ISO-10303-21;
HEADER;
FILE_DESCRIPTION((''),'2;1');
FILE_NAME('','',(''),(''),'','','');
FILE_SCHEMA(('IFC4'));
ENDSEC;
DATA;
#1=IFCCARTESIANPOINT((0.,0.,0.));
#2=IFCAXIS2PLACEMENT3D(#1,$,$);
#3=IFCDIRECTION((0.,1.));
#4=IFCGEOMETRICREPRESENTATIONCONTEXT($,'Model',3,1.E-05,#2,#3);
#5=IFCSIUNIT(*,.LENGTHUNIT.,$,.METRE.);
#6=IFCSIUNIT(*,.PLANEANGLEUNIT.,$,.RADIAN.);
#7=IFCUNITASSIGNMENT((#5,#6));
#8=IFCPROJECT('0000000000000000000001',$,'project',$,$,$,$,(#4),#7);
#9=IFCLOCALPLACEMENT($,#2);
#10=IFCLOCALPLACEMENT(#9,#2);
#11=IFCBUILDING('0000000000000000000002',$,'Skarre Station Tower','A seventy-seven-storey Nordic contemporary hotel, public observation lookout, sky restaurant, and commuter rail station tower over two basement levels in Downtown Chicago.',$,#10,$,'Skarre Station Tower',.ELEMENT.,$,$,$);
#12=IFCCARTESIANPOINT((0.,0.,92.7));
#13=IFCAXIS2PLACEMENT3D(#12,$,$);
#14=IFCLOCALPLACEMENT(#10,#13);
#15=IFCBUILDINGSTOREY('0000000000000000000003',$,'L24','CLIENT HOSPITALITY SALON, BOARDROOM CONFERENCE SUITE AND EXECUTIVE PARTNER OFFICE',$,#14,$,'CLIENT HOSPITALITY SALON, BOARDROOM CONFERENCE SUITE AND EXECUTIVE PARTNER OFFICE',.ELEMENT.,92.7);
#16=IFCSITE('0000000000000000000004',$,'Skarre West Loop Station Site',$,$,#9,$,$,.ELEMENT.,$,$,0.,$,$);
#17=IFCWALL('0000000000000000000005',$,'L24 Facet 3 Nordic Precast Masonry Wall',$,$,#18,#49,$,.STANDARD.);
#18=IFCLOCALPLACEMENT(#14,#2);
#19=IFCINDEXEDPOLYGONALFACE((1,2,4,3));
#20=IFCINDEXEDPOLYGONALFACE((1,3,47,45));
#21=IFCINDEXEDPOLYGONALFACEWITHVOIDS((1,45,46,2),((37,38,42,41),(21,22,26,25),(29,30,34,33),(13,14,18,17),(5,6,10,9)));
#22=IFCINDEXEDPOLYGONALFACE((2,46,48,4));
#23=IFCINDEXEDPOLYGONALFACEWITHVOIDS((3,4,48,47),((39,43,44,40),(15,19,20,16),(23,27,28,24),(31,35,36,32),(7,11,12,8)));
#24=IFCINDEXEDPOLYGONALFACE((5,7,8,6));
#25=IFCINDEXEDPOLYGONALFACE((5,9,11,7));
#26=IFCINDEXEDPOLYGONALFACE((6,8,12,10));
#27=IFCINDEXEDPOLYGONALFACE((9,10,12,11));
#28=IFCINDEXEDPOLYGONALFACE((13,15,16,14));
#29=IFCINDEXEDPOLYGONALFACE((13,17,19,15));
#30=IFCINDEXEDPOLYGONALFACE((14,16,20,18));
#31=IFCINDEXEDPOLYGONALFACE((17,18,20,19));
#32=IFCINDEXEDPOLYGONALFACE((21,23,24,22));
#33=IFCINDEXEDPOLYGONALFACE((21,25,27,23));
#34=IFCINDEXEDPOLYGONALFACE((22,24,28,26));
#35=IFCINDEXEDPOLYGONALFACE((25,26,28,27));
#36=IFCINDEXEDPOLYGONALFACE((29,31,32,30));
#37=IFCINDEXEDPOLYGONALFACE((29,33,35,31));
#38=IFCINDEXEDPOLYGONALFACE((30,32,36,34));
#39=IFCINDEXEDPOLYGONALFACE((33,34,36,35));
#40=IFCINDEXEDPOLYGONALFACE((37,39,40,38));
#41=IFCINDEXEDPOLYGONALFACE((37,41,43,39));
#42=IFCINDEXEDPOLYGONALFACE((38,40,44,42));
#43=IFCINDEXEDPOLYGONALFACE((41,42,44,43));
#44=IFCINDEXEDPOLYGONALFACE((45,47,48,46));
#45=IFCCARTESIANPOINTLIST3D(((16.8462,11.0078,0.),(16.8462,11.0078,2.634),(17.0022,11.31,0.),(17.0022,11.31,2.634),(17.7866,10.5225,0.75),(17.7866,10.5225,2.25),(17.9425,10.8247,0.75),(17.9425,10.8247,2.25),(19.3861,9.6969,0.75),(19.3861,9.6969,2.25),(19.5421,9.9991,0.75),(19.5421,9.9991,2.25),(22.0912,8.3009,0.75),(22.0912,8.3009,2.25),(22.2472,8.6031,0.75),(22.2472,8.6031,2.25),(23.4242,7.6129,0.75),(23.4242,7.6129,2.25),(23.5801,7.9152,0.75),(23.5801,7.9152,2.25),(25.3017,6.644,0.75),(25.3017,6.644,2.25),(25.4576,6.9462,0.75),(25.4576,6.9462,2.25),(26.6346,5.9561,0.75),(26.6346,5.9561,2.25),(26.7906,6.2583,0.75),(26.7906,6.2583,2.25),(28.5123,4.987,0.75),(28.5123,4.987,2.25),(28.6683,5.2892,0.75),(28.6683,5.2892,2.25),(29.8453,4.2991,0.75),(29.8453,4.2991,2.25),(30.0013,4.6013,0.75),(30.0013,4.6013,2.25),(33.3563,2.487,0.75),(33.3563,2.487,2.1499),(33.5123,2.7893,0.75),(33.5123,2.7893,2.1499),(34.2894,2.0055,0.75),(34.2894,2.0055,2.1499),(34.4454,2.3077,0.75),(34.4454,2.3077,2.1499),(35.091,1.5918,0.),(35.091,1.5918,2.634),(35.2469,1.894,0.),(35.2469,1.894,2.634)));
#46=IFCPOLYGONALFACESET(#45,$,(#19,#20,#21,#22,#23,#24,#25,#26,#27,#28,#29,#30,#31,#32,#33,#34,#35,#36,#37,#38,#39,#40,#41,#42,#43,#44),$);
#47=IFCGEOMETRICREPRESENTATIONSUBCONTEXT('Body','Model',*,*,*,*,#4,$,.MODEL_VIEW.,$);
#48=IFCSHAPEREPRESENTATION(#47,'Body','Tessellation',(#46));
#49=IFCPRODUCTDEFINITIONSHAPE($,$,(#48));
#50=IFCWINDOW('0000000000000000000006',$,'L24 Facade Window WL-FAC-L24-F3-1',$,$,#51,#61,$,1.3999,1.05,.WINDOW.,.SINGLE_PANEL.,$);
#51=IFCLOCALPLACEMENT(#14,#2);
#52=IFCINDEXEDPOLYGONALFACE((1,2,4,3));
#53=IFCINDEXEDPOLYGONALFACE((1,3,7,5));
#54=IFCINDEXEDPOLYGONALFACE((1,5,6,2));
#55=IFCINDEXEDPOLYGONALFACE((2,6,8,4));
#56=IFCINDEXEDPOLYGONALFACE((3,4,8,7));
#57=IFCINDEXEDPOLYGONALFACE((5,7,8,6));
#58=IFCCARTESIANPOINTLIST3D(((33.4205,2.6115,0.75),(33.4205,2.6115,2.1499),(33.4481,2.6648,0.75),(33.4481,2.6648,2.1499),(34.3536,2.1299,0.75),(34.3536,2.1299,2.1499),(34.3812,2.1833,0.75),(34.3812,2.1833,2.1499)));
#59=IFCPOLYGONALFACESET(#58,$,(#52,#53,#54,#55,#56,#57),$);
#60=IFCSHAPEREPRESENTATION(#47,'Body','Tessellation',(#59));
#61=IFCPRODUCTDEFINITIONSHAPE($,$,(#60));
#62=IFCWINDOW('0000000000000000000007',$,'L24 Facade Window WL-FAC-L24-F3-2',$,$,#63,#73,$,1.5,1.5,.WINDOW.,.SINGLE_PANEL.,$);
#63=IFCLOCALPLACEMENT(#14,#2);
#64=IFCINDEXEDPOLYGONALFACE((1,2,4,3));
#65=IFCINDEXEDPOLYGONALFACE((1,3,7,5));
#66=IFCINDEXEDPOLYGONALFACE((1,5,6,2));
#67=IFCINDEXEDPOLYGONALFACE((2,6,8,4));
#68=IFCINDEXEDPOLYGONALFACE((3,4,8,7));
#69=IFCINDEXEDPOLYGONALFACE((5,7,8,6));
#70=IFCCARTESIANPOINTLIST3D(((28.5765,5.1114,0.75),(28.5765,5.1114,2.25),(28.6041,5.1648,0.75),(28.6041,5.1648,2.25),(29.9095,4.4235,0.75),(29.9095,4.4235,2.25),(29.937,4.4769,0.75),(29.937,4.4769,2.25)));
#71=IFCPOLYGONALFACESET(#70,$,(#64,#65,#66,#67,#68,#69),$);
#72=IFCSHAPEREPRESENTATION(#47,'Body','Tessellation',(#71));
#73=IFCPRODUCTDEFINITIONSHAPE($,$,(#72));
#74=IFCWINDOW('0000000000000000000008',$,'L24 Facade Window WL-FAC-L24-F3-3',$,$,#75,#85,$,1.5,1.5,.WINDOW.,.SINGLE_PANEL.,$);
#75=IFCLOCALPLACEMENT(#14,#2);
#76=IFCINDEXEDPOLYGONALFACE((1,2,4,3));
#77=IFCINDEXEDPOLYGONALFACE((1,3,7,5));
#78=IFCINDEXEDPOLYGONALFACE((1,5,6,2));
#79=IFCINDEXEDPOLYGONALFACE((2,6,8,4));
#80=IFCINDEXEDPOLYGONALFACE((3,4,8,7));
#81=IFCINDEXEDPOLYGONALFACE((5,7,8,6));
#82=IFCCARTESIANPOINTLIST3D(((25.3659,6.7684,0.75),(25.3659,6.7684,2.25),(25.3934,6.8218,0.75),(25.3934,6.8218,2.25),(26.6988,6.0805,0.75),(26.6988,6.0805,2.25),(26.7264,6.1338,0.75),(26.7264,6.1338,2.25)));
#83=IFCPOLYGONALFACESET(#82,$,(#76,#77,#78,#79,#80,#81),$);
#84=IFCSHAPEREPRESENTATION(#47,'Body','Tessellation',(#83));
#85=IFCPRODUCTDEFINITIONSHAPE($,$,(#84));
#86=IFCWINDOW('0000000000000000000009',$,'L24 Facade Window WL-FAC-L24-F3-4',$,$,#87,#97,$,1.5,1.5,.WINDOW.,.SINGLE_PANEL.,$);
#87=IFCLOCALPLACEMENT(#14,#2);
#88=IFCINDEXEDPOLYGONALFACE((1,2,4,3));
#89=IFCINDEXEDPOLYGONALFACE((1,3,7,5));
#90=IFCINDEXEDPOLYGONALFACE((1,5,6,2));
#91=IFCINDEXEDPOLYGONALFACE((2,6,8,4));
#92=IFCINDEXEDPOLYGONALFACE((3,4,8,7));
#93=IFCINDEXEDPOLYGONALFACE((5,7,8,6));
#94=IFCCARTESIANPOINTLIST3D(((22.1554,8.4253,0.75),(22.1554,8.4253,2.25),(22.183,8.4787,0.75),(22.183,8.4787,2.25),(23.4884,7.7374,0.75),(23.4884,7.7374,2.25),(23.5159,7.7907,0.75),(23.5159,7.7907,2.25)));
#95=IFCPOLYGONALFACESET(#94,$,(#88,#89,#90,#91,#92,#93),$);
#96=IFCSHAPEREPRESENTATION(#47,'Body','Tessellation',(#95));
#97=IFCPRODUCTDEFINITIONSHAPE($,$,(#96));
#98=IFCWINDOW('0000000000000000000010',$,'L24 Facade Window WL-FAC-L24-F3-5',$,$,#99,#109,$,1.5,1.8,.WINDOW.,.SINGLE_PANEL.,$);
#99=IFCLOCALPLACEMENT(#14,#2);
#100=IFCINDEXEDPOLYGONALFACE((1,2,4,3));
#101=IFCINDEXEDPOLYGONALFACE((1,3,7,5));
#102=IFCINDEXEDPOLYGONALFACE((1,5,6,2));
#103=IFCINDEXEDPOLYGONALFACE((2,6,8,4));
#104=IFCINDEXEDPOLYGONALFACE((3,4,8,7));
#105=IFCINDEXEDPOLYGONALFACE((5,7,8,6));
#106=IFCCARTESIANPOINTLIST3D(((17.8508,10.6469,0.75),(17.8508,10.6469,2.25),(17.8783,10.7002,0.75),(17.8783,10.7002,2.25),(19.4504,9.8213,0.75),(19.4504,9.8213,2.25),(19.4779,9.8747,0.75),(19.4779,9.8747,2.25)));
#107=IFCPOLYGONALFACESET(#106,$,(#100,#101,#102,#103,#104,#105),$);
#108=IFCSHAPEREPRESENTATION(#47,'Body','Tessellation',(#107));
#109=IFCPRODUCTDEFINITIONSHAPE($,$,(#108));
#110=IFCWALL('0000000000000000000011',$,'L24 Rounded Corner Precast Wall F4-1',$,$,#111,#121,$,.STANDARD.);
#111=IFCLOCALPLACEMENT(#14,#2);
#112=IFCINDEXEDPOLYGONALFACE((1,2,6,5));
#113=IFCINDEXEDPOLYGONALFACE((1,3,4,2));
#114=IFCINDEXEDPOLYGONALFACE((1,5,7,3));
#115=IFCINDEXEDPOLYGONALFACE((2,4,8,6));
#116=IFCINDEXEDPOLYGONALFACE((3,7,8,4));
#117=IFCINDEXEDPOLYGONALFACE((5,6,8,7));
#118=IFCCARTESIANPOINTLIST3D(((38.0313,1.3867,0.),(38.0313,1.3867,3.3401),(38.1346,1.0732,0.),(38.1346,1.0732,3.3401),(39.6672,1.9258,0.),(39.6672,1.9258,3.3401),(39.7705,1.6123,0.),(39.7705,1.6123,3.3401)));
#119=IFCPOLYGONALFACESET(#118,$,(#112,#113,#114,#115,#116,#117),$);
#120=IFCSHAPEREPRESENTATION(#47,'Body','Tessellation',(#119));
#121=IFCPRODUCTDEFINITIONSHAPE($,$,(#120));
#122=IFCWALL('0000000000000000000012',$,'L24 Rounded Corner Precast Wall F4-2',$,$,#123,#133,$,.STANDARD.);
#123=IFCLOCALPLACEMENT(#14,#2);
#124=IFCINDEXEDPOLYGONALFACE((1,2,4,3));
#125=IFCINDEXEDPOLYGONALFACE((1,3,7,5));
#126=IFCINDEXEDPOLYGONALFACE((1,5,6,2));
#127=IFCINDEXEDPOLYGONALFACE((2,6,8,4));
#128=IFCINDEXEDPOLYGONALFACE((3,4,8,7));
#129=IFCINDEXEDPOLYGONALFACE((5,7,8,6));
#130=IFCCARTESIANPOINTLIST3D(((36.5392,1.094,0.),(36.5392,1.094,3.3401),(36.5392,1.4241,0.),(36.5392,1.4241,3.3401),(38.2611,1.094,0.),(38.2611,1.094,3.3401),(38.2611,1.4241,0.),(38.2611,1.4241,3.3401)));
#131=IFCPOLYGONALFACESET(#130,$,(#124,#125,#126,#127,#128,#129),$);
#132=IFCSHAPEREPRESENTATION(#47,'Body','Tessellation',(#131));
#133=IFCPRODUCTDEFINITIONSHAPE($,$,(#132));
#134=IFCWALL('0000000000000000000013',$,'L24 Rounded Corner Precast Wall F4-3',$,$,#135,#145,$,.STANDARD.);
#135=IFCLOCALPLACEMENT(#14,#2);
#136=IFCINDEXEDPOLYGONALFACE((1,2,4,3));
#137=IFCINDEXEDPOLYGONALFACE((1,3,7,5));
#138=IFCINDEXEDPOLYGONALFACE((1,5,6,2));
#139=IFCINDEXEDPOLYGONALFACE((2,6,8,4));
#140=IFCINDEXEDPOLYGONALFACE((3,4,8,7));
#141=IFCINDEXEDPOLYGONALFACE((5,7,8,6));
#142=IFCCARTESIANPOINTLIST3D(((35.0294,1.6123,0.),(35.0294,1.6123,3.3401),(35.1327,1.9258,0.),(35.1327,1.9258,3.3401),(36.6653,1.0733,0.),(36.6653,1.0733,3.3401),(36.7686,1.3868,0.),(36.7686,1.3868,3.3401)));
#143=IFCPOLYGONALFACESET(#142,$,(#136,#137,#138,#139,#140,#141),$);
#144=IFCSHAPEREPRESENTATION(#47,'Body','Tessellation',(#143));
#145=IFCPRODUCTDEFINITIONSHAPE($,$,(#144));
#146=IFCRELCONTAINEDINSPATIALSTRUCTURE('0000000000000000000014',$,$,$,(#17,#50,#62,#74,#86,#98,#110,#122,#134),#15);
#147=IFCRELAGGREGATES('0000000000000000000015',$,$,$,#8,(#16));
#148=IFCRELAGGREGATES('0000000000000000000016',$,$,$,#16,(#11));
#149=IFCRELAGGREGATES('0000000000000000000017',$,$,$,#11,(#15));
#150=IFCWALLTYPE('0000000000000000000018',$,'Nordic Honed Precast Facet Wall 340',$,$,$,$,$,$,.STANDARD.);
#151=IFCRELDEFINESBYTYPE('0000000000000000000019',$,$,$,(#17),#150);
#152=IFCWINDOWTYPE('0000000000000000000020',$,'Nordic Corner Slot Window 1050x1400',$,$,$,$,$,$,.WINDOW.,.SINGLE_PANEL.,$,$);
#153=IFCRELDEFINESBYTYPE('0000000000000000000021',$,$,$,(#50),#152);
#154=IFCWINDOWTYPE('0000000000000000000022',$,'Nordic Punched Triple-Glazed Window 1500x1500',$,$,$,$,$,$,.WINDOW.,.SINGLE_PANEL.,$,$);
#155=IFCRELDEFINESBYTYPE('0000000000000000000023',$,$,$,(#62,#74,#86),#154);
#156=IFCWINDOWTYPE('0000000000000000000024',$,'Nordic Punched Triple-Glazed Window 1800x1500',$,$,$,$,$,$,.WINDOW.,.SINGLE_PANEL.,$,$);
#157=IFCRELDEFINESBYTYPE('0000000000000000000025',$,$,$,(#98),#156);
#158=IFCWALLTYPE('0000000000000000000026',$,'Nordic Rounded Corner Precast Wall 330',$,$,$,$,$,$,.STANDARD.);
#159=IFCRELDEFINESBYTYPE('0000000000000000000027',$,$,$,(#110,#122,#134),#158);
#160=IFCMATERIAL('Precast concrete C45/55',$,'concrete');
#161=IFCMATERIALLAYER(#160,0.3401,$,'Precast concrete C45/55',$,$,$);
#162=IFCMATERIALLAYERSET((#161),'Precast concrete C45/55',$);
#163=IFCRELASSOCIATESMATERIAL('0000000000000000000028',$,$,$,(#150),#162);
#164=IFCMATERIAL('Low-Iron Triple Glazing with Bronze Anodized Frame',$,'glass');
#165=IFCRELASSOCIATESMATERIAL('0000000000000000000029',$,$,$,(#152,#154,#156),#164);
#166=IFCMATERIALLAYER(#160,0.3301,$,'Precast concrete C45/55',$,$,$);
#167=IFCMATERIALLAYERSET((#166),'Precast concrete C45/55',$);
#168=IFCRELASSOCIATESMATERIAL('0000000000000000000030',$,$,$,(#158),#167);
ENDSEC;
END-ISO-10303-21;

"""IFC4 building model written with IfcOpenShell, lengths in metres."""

from ifc_helpers import new_model, si_unit, direction, frame, frame_2d, origin, place, context, subcontext, project, spatial, rectangle, extrude, material, layer, layer_set, type_object, element, fill, save


model = new_model("IFC4")

# Units and contexts
model_context = context("Model", 3, precision=1e-05, world=origin(), true_north=direction((0.0, 1.0)))
body_context = subcontext(model_context, "Body", "Model", "MODEL_VIEW")
ifc_project = project(units=[si_unit("LENGTHUNIT", "METRE"), si_unit("PLANEANGLEUNIT", "RADIAN")], contexts=[model_context])

# Site, building, storey
site_placement = place(None, origin())
site = spatial("IfcSite", under=ifc_project, at=site_placement, Name="Skarre West Loop Station Site", CompositionType="ELEMENT", RefElevation=0.0)
building_placement = place(site_placement, origin())
building = spatial("IfcBuilding", under=site, at=building_placement, Name="Skarre Station Tower", Description="A seventy-seven-storey Nordic contemporary hotel, public observation lookout, sky restaurant, and commuter rail station tower over two basement levels in Downtown Chicago.", LongName="Skarre Station Tower", CompositionType="ELEMENT")
storey_placement = place(building_placement, frame((0.0, 0.0, 92.7)))
storey = spatial("IfcBuildingStorey", under=building, at=storey_placement, Name="L24", Description="CLIENT HOSPITALITY SALON, BOARDROOM CONFERENCE SUITE AND EXECUTIVE PARTNER OFFICE", LongName="CLIENT HOSPITALITY SALON, BOARDROOM CONFERENCE SUITE AND EXECUTIVE PARTNER OFFICE", CompositionType="ELEMENT", Elevation=92.7)

# Wall, openings, windows
ifc_material_1 = material(Name="Precast concrete C45/55", Category="concrete")
ifc_layer_1 = layer(ifc_material_1, 0.3401, Name="Precast concrete C45/55")
ifc_layer_set_1 = layer_set([ifc_layer_1], Name="Precast concrete C45/55")
wall_type_1 = type_object("IfcWallType", Name="Nordic Honed Precast Facet Wall 340", PredefinedType="STANDARD", material=ifc_layer_set_1)
wall_1_placement = place(storey_placement, frame((35.1689, 1.7429, 0.0), z_axis=(0.0, 0.0, 1.0), x_axis=(-0.888634, 0.458616, 0.0)))
wall_1 = element("IfcWall", 1, at=wall_1_placement, inside=storey, type_object=wall_type_1, Name="L24 Facet 3 Nordic Precast Masonry Wall", PredefinedType="STANDARD", context=body_context, shape_type="SweptSolid", body=[
    extrude(rectangle(XDim=20.5312, YDim=0.3401, at=frame_2d((10.2656, 0.0))), origin(), (0.0, 0.0, 1.0), 2.634),
])
opening_1_placement = place(wall_1_placement, frame((0.9021, 0.0, 0.75)))
opening_1 = element("IfcOpeningElement", 2, at=opening_1_placement, cuts=wall_1, PredefinedType="OPENING", context=body_context, shape_type="SweptSolid", body=[
    extrude(rectangle(XDim=1.05, YDim=1.3999, at=frame_2d((0.5249, 0.7))), frame((0.0, 0.1799, 0.0), z_axis=(0.0, -1.0, 0.0), x_axis=(1.0, 0.0, 0.0)), (0.0, 0.0, 1.0), 0.3601),
])
opening_2_placement = place(wall_1_placement, frame((5.9031, 0.0, 0.75)))
opening_2 = element("IfcOpeningElement", 3, at=opening_2_placement, cuts=wall_1, PredefinedType="OPENING", context=body_context, shape_type="SweptSolid", body=[
    extrude(rectangle(XDim=1.5, YDim=1.5, at=frame_2d((0.75, 0.75))), frame((0.0, 0.1799, 0.0), z_axis=(0.0, -1.0, 0.0), x_axis=(1.0, 0.0, 0.0)), (0.0, 0.0, 1.0), 0.3601),
])
opening_3_placement = place(wall_1_placement, frame((9.5161, 0.0, 0.75)))
opening_3 = element("IfcOpeningElement", 4, at=opening_3_placement, cuts=wall_1, PredefinedType="OPENING", context=body_context, shape_type="SweptSolid", body=[
    extrude(rectangle(XDim=1.5, YDim=1.5, at=frame_2d((0.75, 0.75))), frame((0.0, 0.1799, 0.0), z_axis=(0.0, -1.0, 0.0), x_axis=(1.0, 0.0, 0.0)), (0.0, 0.0, 1.0), 0.3601),
])
opening_4_placement = place(wall_1_placement, frame((13.1289, 0.0, 0.75)))
opening_4 = element("IfcOpeningElement", 5, at=opening_4_placement, cuts=wall_1, PredefinedType="OPENING", context=body_context, shape_type="SweptSolid", body=[
    extrude(rectangle(XDim=1.5, YDim=1.5, at=frame_2d((0.75, 0.75))), frame((0.0, 0.1799, 0.0), z_axis=(0.0, -1.0, 0.0), x_axis=(1.0, 0.0, 0.0)), (0.0, 0.0, 1.0), 0.3601),
])
opening_5_placement = place(wall_1_placement, frame((17.6731, 0.0, 0.75)))
opening_5 = element("IfcOpeningElement", 6, at=opening_5_placement, cuts=wall_1, PredefinedType="OPENING", context=body_context, shape_type="SweptSolid", body=[
    extrude(rectangle(XDim=1.8, YDim=1.5, at=frame_2d((0.8999, 0.75))), frame((0.0, 0.1799, 0.0), z_axis=(0.0, -1.0, 0.0), x_axis=(1.0, 0.0, 0.0)), (0.0, 0.0, 1.0), 0.3601),
])
ifc_material_2 = material(Name="Low-Iron Triple Glazing with Bronze Anodized Frame", Category="glass")
window_type_1 = type_object("IfcWindowType", Name="Nordic Corner Slot Window 1050x1400", PartitioningType="SINGLE_PANEL", PredefinedType="WINDOW", material=ifc_material_2)
window_1_placement = place(opening_1_placement, origin())
window_1 = element("IfcWindow", 7, at=window_1_placement, inside=storey, type_object=window_type_1, Name="L24 Facade Window WL-FAC-L24-F3-1", OverallHeight=1.3999, OverallWidth=1.05, PartitioningType="SINGLE_PANEL", PredefinedType="WINDOW", context=body_context, shape_type="SweptSolid", body=[
    extrude(rectangle(XDim=1.05, YDim=1.3999, at=frame_2d((0.5249, 0.7))), frame((0.0, 0.03, 0.0), z_axis=(0.0, -1.0, 0.0), x_axis=(1.0, 0.0, 0.0)), (0.0, 0.0, 1.0), 0.0601),
])
fill(opening_1, window_1)
window_type_2 = type_object("IfcWindowType", Name="Nordic Punched Triple-Glazed Window 1500x1500", PartitioningType="SINGLE_PANEL", PredefinedType="WINDOW", material=ifc_material_2)
window_2_placement = place(opening_2_placement, origin())
window_2 = element("IfcWindow", 8, at=window_2_placement, inside=storey, type_object=window_type_2, Name="L24 Facade Window WL-FAC-L24-F3-2", OverallHeight=1.5, OverallWidth=1.5, PartitioningType="SINGLE_PANEL", PredefinedType="WINDOW", context=body_context, shape_type="SweptSolid", body=[
    extrude(rectangle(XDim=1.5, YDim=1.5, at=frame_2d((0.75, 0.75))), frame((0.0, 0.03, 0.0), z_axis=(0.0, -1.0, 0.0), x_axis=(1.0, 0.0, 0.0)), (0.0, 0.0, 1.0), 0.0601),
])
fill(opening_2, window_2)
window_3_placement = place(opening_3_placement, origin())
window_3 = element("IfcWindow", 9, at=window_3_placement, inside=storey, type_object=window_type_2, Name="L24 Facade Window WL-FAC-L24-F3-3", OverallHeight=1.5, OverallWidth=1.5, PartitioningType="SINGLE_PANEL", PredefinedType="WINDOW", context=body_context, shape_type="SweptSolid", body=[
    extrude(rectangle(XDim=1.5, YDim=1.5, at=frame_2d((0.75, 0.75))), frame((0.0, 0.03, 0.0), z_axis=(0.0, -1.0, 0.0), x_axis=(1.0, 0.0, 0.0)), (0.0, 0.0, 1.0), 0.0601),
])
fill(opening_3, window_3)
window_4_placement = place(opening_4_placement, origin())
window_4 = element("IfcWindow", 10, at=window_4_placement, inside=storey, type_object=window_type_2, Name="L24 Facade Window WL-FAC-L24-F3-4", OverallHeight=1.5, OverallWidth=1.5, PartitioningType="SINGLE_PANEL", PredefinedType="WINDOW", context=body_context, shape_type="SweptSolid", body=[
    extrude(rectangle(XDim=1.5, YDim=1.5, at=frame_2d((0.75, 0.75))), frame((0.0, 0.03, 0.0), z_axis=(0.0, -1.0, 0.0), x_axis=(1.0, 0.0, 0.0)), (0.0, 0.0, 1.0), 0.0601),
])
fill(opening_4, window_4)
window_type_3 = type_object("IfcWindowType", Name="Nordic Punched Triple-Glazed Window 1800x1500", PartitioningType="SINGLE_PANEL", PredefinedType="WINDOW", material=ifc_material_2)
window_5_placement = place(opening_5_placement, origin())
window_5 = element("IfcWindow", 11, at=window_5_placement, inside=storey, type_object=window_type_3, Name="L24 Facade Window WL-FAC-L24-F3-5", OverallHeight=1.5, OverallWidth=1.8, PartitioningType="SINGLE_PANEL", PredefinedType="WINDOW", context=body_context, shape_type="SweptSolid", body=[
    extrude(rectangle(XDim=1.8, YDim=1.5, at=frame_2d((0.8999, 0.75))), frame((0.0, 0.03, 0.0), z_axis=(0.0, -1.0, 0.0), x_axis=(1.0, 0.0, 0.0)), (0.0, 0.0, 1.0), 0.0601),
])
fill(opening_5, window_5)

# Walls
ifc_layer_2 = layer(ifc_material_1, 0.3301, Name="Precast concrete C45/55")
ifc_layer_set_2 = layer_set([ifc_layer_2], Name="Precast concrete C45/55")
wall_type_2 = type_object("IfcWallType", Name="Nordic Rounded Corner Precast Wall 330", PredefinedType="STANDARD", material=ifc_layer_set_2)
wall_2_placement = place(storey_placement, frame((39.719, 1.769, 0.0), z_axis=(0.0, 0.0, 1.0), x_axis=(-0.949769, -0.312952, 0.0)))
element("IfcWall", 12, at=wall_2_placement, inside=storey, type_object=wall_type_2, Name="L24 Rounded Corner Precast Wall F4-1", PredefinedType="STANDARD", context=body_context, shape_type="SweptSolid", body=[
    extrude(rectangle(XDim=1.7224, YDim=0.3301, at=frame_2d((0.8613, 0.0))), origin(), (0.0, 0.0, 1.0), 3.3401),
])
wall_3_placement = place(storey_placement, frame((38.261, 1.259, 0.0), z_axis=(0.0, 0.0, 1.0), x_axis=(-1.0, 0.0, 0.0)))
element("IfcWall", 13, at=wall_3_placement, inside=storey, type_object=wall_type_2, Name="L24 Rounded Corner Precast Wall F4-2", PredefinedType="STANDARD", context=body_context, shape_type="SweptSolid", body=[
    extrude(rectangle(XDim=1.7219, YDim=0.3301, at=frame_2d((0.8608, 0.0))), origin(), (0.0, 0.0, 1.0), 3.3401),
])
wall_4_placement = place(storey_placement, frame((36.717, 1.23, 0.0), z_axis=(0.0, 0.0, 1.0), x_axis=(-0.949769, 0.312952, 0.0)))
element("IfcWall", 14, at=wall_4_placement, inside=storey, type_object=wall_type_2, Name="L24 Rounded Corner Precast Wall F4-3", PredefinedType="STANDARD", context=body_context, shape_type="SweptSolid", body=[
    extrude(rectangle(XDim=1.7224, YDim=0.3301, at=frame_2d((0.8613, 0.0))), origin(), (0.0, 0.0, 1.0), 3.3401),
])

save(model, "model.ifc")
